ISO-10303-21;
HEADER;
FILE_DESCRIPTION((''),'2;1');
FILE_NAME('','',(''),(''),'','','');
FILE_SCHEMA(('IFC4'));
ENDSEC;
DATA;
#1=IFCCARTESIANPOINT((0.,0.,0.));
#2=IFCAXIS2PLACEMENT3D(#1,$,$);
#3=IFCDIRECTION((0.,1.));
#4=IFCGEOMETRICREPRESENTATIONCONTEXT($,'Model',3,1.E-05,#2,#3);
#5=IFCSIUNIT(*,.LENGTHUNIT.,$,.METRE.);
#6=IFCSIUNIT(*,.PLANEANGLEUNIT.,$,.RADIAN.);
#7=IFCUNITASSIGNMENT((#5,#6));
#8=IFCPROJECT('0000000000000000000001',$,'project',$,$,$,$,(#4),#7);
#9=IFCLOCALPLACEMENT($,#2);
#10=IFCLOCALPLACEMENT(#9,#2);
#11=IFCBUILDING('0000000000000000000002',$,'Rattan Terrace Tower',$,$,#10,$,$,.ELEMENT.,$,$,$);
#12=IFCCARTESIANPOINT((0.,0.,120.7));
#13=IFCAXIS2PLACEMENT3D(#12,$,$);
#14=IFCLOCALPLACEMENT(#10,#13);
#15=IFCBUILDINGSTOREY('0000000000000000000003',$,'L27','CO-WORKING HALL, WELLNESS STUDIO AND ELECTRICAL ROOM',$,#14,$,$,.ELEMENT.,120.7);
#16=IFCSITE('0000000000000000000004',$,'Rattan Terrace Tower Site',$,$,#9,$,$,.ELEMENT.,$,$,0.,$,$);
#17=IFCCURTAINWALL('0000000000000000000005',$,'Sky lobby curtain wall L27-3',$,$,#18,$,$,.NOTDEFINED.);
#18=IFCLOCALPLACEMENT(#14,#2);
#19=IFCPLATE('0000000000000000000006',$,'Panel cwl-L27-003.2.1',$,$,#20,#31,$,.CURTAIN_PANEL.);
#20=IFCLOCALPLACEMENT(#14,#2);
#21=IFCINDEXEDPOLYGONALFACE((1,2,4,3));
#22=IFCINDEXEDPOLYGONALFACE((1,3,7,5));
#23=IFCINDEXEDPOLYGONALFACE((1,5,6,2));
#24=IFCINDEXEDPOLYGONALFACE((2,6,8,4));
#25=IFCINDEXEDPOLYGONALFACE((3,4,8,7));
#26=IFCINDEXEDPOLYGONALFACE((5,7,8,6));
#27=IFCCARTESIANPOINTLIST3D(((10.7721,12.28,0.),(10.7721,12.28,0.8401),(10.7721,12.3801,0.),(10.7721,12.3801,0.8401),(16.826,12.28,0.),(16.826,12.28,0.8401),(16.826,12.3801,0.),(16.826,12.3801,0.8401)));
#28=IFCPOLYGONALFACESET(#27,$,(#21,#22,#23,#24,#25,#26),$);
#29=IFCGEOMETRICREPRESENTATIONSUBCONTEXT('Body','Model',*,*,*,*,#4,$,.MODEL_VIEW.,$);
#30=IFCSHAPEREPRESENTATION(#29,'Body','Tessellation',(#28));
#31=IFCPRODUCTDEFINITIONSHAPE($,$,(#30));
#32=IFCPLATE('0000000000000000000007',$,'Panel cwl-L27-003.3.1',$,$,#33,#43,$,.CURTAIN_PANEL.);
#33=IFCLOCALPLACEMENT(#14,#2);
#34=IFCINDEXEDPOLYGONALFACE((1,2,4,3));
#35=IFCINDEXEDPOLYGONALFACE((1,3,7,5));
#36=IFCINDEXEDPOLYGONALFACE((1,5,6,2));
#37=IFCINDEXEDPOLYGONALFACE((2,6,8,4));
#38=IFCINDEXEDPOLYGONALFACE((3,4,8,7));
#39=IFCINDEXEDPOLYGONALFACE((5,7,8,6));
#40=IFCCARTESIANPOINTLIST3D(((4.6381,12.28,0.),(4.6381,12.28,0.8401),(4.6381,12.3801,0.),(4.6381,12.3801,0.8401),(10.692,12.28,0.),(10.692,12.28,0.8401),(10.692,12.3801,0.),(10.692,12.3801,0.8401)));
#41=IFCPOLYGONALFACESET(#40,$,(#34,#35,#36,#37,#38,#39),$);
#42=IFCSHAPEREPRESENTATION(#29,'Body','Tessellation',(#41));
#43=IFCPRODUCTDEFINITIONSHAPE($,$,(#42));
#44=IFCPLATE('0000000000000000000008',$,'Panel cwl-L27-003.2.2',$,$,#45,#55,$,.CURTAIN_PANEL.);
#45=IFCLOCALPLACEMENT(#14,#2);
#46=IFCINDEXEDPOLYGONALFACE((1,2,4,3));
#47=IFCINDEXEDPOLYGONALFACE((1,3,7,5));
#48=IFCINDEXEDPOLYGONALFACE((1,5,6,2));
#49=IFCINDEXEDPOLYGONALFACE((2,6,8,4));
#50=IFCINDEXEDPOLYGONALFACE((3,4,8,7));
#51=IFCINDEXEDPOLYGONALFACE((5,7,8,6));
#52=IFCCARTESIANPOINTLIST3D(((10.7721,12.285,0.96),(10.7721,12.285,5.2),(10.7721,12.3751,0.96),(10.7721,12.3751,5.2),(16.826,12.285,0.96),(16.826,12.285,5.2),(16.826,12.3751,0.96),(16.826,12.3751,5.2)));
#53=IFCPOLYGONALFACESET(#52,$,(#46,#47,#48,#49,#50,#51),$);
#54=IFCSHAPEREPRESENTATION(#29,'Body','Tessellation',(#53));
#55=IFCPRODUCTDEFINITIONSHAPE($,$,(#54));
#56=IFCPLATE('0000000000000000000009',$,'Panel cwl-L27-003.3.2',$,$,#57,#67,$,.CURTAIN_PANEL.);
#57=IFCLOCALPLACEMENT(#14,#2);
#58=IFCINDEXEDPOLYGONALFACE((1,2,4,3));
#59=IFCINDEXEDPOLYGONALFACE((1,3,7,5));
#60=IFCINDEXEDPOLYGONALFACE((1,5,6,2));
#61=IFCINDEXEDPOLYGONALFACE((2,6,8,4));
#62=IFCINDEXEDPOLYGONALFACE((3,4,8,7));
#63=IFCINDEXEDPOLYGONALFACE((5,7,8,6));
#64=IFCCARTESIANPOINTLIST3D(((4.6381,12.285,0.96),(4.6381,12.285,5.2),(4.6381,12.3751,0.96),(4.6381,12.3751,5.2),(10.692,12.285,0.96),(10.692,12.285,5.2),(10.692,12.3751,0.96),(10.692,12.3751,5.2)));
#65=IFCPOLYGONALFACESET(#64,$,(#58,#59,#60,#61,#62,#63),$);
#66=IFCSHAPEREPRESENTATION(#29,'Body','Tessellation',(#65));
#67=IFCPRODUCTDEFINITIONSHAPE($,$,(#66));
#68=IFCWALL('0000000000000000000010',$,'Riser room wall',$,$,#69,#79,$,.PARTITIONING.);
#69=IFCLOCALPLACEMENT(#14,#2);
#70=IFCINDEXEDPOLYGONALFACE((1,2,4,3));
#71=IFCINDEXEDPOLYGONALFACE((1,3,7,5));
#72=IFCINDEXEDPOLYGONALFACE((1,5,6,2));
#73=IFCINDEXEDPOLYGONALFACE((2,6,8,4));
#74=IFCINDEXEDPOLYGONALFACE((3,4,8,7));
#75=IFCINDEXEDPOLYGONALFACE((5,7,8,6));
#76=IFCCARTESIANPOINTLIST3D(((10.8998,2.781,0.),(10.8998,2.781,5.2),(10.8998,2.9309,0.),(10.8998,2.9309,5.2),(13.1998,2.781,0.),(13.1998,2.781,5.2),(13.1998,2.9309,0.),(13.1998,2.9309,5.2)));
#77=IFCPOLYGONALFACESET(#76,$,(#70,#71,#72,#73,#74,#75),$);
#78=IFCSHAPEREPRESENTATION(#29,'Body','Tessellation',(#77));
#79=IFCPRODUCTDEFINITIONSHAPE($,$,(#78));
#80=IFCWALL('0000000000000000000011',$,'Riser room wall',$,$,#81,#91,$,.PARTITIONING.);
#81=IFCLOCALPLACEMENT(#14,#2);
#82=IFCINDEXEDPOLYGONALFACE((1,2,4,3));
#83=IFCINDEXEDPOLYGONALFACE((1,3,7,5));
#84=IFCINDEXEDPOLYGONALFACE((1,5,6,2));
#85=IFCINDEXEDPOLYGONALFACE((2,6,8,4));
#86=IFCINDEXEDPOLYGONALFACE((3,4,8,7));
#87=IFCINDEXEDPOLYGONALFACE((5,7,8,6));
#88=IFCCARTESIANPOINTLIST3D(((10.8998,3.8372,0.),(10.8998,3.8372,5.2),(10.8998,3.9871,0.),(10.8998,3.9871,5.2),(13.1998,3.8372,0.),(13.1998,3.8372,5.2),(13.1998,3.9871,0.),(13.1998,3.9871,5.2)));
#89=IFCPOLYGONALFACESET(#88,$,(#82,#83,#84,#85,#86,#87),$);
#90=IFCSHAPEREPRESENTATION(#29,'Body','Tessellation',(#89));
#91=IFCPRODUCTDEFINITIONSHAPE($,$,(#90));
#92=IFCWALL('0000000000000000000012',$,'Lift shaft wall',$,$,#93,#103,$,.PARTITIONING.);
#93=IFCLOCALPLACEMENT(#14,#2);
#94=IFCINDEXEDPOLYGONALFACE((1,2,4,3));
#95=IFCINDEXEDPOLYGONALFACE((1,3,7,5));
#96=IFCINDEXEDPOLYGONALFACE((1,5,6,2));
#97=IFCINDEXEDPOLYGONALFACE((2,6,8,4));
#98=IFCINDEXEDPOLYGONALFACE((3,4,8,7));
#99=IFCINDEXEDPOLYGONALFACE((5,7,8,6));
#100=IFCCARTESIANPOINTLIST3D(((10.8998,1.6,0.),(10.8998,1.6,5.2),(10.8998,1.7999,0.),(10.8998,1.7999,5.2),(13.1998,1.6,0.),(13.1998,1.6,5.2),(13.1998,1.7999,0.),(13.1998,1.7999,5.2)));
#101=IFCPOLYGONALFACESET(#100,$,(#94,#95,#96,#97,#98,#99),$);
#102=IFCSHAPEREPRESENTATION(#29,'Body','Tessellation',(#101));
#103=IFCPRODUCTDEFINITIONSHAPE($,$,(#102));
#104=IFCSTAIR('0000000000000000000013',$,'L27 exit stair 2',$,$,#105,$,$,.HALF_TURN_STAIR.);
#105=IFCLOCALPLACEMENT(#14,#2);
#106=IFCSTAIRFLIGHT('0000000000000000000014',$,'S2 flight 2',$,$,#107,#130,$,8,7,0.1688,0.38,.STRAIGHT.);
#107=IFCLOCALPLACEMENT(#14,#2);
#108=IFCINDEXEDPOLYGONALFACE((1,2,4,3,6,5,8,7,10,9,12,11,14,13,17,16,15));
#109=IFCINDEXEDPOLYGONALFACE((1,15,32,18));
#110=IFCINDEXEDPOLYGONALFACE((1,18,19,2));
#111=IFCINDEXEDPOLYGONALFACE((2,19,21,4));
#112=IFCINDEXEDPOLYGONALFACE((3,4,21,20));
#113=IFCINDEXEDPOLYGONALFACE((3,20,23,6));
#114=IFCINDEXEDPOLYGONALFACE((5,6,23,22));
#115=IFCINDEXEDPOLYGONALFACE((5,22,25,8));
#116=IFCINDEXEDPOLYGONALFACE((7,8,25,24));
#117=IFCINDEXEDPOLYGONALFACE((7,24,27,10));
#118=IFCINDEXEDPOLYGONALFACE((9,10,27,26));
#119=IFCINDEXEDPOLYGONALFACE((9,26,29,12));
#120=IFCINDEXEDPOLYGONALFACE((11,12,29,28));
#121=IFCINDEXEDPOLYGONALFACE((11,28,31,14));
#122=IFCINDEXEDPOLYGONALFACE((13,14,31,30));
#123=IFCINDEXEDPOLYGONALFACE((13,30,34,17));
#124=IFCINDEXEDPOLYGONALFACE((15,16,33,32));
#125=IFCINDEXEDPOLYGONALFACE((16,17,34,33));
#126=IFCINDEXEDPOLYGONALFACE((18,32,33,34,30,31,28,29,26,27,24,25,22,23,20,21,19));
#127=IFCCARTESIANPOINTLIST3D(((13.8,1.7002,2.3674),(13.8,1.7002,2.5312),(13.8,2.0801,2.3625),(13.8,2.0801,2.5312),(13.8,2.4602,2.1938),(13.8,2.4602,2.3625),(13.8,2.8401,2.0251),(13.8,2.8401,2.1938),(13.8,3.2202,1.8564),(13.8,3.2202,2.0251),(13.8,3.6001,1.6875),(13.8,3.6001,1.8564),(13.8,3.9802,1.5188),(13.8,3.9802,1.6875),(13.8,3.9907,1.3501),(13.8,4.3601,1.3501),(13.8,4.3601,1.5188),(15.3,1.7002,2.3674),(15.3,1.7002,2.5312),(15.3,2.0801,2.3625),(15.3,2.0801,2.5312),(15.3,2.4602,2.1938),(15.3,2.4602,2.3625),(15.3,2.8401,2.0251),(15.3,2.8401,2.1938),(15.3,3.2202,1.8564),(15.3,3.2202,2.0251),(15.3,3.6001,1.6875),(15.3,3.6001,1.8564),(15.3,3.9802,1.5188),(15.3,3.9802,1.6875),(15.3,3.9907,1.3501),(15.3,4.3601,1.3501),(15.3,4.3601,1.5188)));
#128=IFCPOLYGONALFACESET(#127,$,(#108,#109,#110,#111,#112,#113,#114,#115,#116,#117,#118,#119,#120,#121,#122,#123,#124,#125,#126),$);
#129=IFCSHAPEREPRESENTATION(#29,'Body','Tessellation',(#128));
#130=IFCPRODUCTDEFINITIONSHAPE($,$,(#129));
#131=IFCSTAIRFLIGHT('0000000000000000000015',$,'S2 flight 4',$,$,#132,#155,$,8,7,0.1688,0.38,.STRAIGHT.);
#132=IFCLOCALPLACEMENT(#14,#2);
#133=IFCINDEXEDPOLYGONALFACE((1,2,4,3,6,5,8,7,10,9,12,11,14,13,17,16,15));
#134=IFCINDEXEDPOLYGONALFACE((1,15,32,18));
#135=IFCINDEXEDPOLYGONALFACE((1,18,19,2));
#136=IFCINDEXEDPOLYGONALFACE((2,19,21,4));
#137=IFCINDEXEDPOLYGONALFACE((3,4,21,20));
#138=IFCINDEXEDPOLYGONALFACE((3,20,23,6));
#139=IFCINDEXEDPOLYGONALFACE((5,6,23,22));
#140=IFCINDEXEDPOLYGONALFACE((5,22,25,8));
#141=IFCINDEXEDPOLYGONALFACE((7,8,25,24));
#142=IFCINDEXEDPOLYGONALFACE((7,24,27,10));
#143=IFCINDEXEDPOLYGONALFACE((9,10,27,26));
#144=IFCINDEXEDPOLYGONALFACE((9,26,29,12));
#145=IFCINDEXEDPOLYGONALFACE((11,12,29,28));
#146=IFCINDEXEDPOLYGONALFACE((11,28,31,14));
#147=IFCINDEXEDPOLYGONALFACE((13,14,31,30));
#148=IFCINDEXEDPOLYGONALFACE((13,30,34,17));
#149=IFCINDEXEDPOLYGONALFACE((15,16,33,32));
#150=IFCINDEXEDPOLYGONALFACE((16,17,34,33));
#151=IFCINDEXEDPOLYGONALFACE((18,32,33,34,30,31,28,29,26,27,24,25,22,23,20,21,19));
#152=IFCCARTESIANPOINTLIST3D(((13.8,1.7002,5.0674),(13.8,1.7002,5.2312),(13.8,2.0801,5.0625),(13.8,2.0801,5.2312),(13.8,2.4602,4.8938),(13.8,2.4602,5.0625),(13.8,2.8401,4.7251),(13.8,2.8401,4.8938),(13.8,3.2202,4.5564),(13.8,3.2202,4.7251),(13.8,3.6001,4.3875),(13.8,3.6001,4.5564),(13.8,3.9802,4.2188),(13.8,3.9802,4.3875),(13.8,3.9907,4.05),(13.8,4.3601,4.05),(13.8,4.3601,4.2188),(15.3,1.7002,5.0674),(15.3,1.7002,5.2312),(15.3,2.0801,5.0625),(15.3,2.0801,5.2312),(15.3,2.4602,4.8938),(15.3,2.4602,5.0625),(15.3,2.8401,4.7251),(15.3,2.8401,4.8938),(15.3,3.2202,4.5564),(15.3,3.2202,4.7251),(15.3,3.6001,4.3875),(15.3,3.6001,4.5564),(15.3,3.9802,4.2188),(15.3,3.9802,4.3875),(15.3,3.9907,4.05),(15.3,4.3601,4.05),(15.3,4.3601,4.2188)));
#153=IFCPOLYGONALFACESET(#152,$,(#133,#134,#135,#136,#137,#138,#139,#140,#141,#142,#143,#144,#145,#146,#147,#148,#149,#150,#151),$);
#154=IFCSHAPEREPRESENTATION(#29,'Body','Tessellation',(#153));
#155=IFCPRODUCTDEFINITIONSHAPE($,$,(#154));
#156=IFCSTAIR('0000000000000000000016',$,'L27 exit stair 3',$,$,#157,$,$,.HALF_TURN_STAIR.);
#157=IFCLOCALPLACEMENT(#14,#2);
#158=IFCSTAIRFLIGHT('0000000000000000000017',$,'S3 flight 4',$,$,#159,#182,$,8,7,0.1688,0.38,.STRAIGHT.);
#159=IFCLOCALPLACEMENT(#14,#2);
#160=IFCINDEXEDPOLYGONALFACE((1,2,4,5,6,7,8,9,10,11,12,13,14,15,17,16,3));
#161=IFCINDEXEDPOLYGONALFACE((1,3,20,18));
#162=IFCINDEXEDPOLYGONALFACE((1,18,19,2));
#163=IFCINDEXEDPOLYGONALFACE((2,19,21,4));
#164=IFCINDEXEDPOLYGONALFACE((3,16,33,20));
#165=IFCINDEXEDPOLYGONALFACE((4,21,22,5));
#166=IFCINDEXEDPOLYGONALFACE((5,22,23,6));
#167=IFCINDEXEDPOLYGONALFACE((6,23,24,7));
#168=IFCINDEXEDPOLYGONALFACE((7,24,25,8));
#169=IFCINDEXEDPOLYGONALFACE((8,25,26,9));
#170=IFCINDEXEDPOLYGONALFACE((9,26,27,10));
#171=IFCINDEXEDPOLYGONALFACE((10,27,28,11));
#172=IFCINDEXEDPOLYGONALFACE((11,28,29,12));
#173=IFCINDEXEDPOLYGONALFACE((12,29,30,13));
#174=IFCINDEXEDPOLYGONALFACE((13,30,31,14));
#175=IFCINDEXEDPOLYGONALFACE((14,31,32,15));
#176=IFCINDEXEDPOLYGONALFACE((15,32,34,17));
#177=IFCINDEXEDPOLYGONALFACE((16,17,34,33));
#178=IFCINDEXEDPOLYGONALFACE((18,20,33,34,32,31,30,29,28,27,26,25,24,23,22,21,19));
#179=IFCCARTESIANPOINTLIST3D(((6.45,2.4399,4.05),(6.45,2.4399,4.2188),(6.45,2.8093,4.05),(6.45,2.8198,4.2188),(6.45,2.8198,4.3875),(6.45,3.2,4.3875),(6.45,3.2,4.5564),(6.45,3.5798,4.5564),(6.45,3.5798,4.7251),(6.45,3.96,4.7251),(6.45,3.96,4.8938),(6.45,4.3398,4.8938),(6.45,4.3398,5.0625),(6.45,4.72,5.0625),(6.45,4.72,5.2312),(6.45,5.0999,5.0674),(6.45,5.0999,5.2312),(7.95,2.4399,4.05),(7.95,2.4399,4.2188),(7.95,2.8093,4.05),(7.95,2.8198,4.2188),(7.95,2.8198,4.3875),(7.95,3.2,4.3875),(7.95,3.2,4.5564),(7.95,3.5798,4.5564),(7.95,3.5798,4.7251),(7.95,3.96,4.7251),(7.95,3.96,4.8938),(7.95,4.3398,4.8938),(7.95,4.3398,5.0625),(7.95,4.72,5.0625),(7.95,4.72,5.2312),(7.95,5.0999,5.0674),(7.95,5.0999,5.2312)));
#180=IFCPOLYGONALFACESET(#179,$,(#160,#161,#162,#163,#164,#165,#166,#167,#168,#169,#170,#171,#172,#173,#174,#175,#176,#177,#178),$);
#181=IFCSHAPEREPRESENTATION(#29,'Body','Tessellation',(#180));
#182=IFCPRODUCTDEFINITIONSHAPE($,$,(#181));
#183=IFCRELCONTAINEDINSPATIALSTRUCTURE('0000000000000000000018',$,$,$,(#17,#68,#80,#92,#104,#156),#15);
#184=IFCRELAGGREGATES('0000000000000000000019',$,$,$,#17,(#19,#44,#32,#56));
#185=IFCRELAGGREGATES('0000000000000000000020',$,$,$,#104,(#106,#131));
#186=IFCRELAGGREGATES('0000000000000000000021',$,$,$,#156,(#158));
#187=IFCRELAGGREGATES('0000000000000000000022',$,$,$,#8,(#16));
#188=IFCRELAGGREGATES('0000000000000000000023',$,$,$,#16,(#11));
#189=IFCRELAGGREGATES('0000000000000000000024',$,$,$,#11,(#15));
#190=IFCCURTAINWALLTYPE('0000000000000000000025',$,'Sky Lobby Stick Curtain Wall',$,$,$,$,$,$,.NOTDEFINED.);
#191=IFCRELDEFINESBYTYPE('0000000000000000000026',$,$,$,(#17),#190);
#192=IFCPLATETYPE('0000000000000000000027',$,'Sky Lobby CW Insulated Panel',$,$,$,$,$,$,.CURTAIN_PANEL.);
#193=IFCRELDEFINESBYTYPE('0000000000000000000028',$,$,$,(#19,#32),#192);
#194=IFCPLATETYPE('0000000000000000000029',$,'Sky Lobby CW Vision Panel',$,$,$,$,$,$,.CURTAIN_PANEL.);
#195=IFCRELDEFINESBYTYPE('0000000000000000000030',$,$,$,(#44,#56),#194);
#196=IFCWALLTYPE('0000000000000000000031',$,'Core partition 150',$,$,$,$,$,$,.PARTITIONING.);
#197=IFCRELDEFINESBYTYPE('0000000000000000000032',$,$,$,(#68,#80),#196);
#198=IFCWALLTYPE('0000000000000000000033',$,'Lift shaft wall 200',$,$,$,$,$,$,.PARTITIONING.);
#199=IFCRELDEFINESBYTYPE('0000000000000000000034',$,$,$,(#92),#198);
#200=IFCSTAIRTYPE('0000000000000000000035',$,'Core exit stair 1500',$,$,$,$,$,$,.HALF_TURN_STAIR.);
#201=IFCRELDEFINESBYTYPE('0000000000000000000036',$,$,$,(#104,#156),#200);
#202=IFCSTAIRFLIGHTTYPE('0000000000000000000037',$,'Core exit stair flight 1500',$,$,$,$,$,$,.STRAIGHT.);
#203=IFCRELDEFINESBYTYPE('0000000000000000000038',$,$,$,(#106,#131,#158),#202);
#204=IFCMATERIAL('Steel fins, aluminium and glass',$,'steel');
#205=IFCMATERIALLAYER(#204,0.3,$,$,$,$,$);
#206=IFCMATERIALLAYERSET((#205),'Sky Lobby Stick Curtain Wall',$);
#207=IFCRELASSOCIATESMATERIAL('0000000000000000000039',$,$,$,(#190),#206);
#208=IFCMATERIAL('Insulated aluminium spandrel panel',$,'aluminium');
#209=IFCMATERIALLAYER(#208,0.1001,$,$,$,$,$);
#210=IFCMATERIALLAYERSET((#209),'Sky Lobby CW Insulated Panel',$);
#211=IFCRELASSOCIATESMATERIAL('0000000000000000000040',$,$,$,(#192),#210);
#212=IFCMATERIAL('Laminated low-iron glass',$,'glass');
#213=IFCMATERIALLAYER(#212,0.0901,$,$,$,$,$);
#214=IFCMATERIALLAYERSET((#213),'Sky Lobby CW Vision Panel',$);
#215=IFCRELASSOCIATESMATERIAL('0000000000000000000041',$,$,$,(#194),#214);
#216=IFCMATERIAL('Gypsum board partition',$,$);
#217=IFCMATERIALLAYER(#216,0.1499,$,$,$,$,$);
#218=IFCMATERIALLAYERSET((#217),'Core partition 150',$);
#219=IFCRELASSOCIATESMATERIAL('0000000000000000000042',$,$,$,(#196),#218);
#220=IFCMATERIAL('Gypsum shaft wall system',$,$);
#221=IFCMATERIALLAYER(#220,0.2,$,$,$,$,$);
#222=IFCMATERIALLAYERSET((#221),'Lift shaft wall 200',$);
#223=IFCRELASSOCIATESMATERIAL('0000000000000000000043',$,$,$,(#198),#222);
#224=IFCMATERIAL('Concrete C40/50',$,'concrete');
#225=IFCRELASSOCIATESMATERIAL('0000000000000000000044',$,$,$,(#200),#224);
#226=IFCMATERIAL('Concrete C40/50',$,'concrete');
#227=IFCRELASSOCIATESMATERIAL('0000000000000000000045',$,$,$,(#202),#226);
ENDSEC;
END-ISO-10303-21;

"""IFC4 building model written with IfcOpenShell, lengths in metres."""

from ifc_helpers import new_model, si_unit, direction, frame, frame_2d, origin, origin_2d, place, context, subcontext, project, spatial, polyline, rectangle, outline, extrude, material, layer, layer_set, type_object, element, aggregate, save


model = new_model("IFC4")

# Units and contexts
model_context = context("Model", 3, precision=1e-05, world=origin(), true_north=direction((0.0, 1.0)))
body_context = subcontext(model_context, "Body", "Model", "MODEL_VIEW")
ifc_project = project(units=[si_unit("LENGTHUNIT", "METRE"), si_unit("PLANEANGLEUNIT", "RADIAN")], contexts=[model_context])

# Site, building, storey
site_placement = place(None, origin())
site = spatial("IfcSite", under=ifc_project, at=site_placement, Name="Rattan Terrace Tower Site", CompositionType="ELEMENT", RefElevation=0.0)
building_placement = place(site_placement, origin())
building = spatial("IfcBuilding", under=site, at=building_placement, Name="Rattan Terrace Tower", CompositionType="ELEMENT")
storey_placement = place(building_placement, frame((0.0, 0.0, 120.7)))
storey = spatial("IfcBuildingStorey", under=building, at=storey_placement, Name="L27", Description="CO-WORKING HALL, WELLNESS STUDIO AND ELECTRICAL ROOM", CompositionType="ELEMENT", Elevation=120.7)

# Curtain wall, plates
ifc_material_1 = material(Name="Steel fins, aluminium and glass", Category="steel")
ifc_layer_1 = layer(ifc_material_1, 0.3)
ifc_layer_set_1 = layer_set([ifc_layer_1], Name="Sky Lobby Stick Curtain Wall")
curtain_wall_type = type_object("IfcCurtainWallType", Name="Sky Lobby Stick Curtain Wall", PredefinedType="NOTDEFINED", material=ifc_layer_set_1)
curtain_wall_placement = place(storey_placement, origin())
curtain_wall = element("IfcCurtainWall", 1, at=curtain_wall_placement, inside=storey, type_object=curtain_wall_type, Name="Sky lobby curtain wall L27-3", PredefinedType="NOTDEFINED")
ifc_material_2 = material(Name="Insulated aluminium spandrel panel", Category="aluminium")
ifc_layer_2 = layer(ifc_material_2, 0.1001)
ifc_layer_set_2 = layer_set([ifc_layer_2], Name="Sky Lobby CW Insulated Panel")
plate_type_1 = type_object("IfcPlateType", Name="Sky Lobby CW Insulated Panel", PredefinedType="CURTAIN_PANEL", material=ifc_layer_set_2)
plate_1_placement = place(storey_placement, frame((13.7991, 12.3301, 0.0), z_axis=(0.0, 0.0, 1.0), x_axis=(-1.0, 0.0, 0.0)))
plate_1 = element("IfcPlate", 2, at=plate_1_placement, type_object=plate_type_1, Name="Panel cwl-L27-003.2.1", PredefinedType="CURTAIN_PANEL", context=body_context, shape_type="SweptSolid", body=[
    extrude(rectangle(XDim=6.054, YDim=0.1001, at=origin_2d()), origin(), (0.0, 0.0, 1.0), 0.8401),
])
plate_2_placement = place(storey_placement, frame((7.665, 12.3301, 0.0), z_axis=(0.0, 0.0, 1.0), x_axis=(-1.0, 0.0, 0.0)))
plate_2 = element("IfcPlate", 3, at=plate_2_placement, type_object=plate_type_1, Name="Panel cwl-L27-003.3.1", PredefinedType="CURTAIN_PANEL", context=body_context, shape_type="SweptSolid", body=[
    extrude(rectangle(XDim=6.054, YDim=0.1001, at=origin_2d()), origin(), (0.0, 0.0, 1.0), 0.8401),
])
ifc_material_3 = material(Name="Laminated low-iron glass", Category="glass")
ifc_layer_3 = layer(ifc_material_3, 0.0901)
ifc_layer_set_3 = layer_set([ifc_layer_3], Name="Sky Lobby CW Vision Panel")
plate_type_2 = type_object("IfcPlateType", Name="Sky Lobby CW Vision Panel", PredefinedType="CURTAIN_PANEL", material=ifc_layer_set_3)
plate_3_placement = place(storey_placement, frame((13.7991, 12.3301, 0.96), z_axis=(0.0, 0.0, 1.0), x_axis=(-1.0, 0.0, 0.0)))
plate_3 = element("IfcPlate", 4, at=plate_3_placement, type_object=plate_type_2, Name="Panel cwl-L27-003.2.2", PredefinedType="CURTAIN_PANEL", context=body_context, shape_type="SweptSolid", body=[
    extrude(rectangle(XDim=6.054, YDim=0.0901, at=origin_2d()), origin(), (0.0, 0.0, 1.0), 4.24),
])
plate_4_placement = place(storey_placement, frame((7.665, 12.3301, 0.96), z_axis=(0.0, 0.0, 1.0), x_axis=(-1.0, 0.0, 0.0)))
plate_4 = element("IfcPlate", 5, at=plate_4_placement, type_object=plate_type_2, Name="Panel cwl-L27-003.3.2", PredefinedType="CURTAIN_PANEL", context=body_context, shape_type="SweptSolid", body=[
    extrude(rectangle(XDim=6.054, YDim=0.0901, at=origin_2d()), origin(), (0.0, 0.0, 1.0), 4.24),
])
aggregate(curtain_wall, [plate_1, plate_3, plate_2, plate_4])

# Walls
ifc_material_4 = material(Name="Gypsum board partition")
ifc_layer_4 = layer(ifc_material_4, 0.1499)
ifc_layer_set_4 = layer_set([ifc_layer_4], Name="Core partition 150")
wall_type_1 = type_object("IfcWallType", Name="Core partition 150", PredefinedType="PARTITIONING", material=ifc_layer_set_4)
for number, where, z_axis, x_axis, name in (
    (6, (10.8999, 2.856, 0.0), (0.0, 0.0, 1.0), (1.0, 0.0, 0.0), "Riser room wall"),
    (7, (10.8999, 3.9121, 0.0), (0.0, 0.0, 1.0), (1.0, 0.0, 0.0), "Riser room wall"),
):
    element("IfcWall", number, at=place(storey_placement, frame(where, z_axis=z_axis, x_axis=x_axis)), inside=storey, type_object=wall_type_1, Name=name, PredefinedType="PARTITIONING", context=body_context, shape_type="SweptSolid", body=[
        extrude(rectangle(XDim=2.3, YDim=0.1499, at=frame_2d((1.1499, 0.0))), origin(), (0.0, 0.0, 1.0), 5.2),
    ])
ifc_material_5 = material(Name="Gypsum shaft wall system")
ifc_layer_5 = layer(ifc_material_5, 0.2)
ifc_layer_set_5 = layer_set([ifc_layer_5], Name="Lift shaft wall 200")
wall_type_2 = type_object("IfcWallType", Name="Lift shaft wall 200", PredefinedType="PARTITIONING", material=ifc_layer_set_5)
wall_placement = place(storey_placement, frame((10.8999, 1.7, 0.0), z_axis=(0.0, 0.0, 1.0), x_axis=(1.0, 0.0, 0.0)))
element("IfcWall", 8, at=wall_placement, inside=storey, type_object=wall_type_2, Name="Lift shaft wall", PredefinedType="PARTITIONING", context=body_context, shape_type="SweptSolid", body=[
    extrude(rectangle(XDim=2.3, YDim=0.2, at=frame_2d((1.1499, 0.0))), origin(), (0.0, 0.0, 1.0), 5.2),
])

# Stair, stair flights
ifc_material_6 = material(Name="Concrete C40/50", Category="concrete")
stair_type = type_object("IfcStairType", Name="Core exit stair 1500", PredefinedType="HALF_TURN_STAIR", material=ifc_material_6)
stair_1_placement = place(storey_placement, origin())
stair_1 = element("IfcStair", 9, at=stair_1_placement, inside=storey, type_object=stair_type, Name="L27 exit stair 2", PredefinedType="HALF_TURN_STAIR")
ifc_material_7 = material(Name="Concrete C40/50", Category="concrete")
stair_flight_type = type_object("IfcStairFlightType", Name="Core exit stair flight 1500", PredefinedType="STRAIGHT", material=ifc_material_7)
stair_flight_1_placement = place(storey_placement, frame((14.55, 4.3601, 1.3501), z_axis=(0.0, 0.0, 1.0), x_axis=(0.0, -1.0, 0.0)))
stair_flight_1 = element("IfcStairFlight", 10, at=stair_flight_1_placement, type_object=stair_flight_type, Name="S2 flight 2", NumberOfRisers=8, NumberOfTreads=7, PredefinedType="STRAIGHT", RiserHeight=0.1688, TreadLength=0.38, context=body_context, shape_type="SweptSolid", body=[
    extrude(outline(polyline([(0.0, 0.0), (0.0, 0.1687), (0.3799, 0.1687), (0.3799, 0.3374), (0.76, 0.3374), (0.76, 0.5063), (1.1399, 0.5063), (1.1399, 0.675), (1.52, 0.675), (1.52, 0.8438), (1.8999, 0.8438), (1.8999, 1.0125), (2.28, 1.0125), (2.28, 1.1812), (2.6599, 1.1812), (2.6599, 1.3501), (2.6599, 1.0173), (0.3694, 0.0), (0.0, 0.0)])), frame((0.0, 0.75, 0.0), z_axis=(0.0, -1.0, 0.0), x_axis=(1.0, 0.0, 0.0)), (0.0, 0.0, 1.0), 1.5),
])
stair_flight_2_placement = place(storey_placement, frame((14.55, 4.3601, 4.05), z_axis=(0.0, 0.0, 1.0), x_axis=(0.0, -1.0, 0.0)))
stair_flight_2 = element("IfcStairFlight", 11, at=stair_flight_2_placement, type_object=stair_flight_type, Name="S2 flight 4", NumberOfRisers=8, NumberOfTreads=7, PredefinedType="STRAIGHT", RiserHeight=0.1688, TreadLength=0.38, context=body_context, shape_type="SweptSolid", body=[
    extrude(outline(polyline([(0.0, 0.0), (0.0, 0.1687), (0.3799, 0.1687), (0.3799, 0.3374), (0.76, 0.3374), (0.76, 0.5063), (1.1399, 0.5063), (1.1399, 0.675), (1.52, 0.675), (1.52, 0.8438), (1.8999, 0.8438), (1.8999, 1.0125), (2.28, 1.0125), (2.28, 1.1812), (2.6599, 1.1812), (2.6599, 1.3501), (2.6599, 1.0173), (0.3694, 0.0), (0.0, 0.0)])), frame((0.0, 0.75, 0.0), z_axis=(0.0, -1.0, 0.0), x_axis=(1.0, 0.0, 0.0)), (0.0, 0.0, 1.0), 1.5),
])
aggregate(stair_1, [stair_flight_1, stair_flight_2])

# Stair, stair flight
stair_2_placement = place(storey_placement, origin())
stair_2 = element("IfcStair", 12, at=stair_2_placement, inside=storey, type_object=stair_type, Name="L27 exit stair 3", PredefinedType="HALF_TURN_STAIR")
stair_flight_3_placement = place(storey_placement, frame((7.2, 2.4399, 4.05), z_axis=(0.0, 0.0, 1.0), x_axis=(0.0, 1.0, 0.0)))
stair_flight_3 = element("IfcStairFlight", 13, at=stair_flight_3_placement, type_object=stair_flight_type, Name="S3 flight 4", NumberOfRisers=8, NumberOfTreads=7, PredefinedType="STRAIGHT", RiserHeight=0.1688, TreadLength=0.38, context=body_context, shape_type="SweptSolid", body=[
    extrude(outline(polyline([(0.0, 0.0), (0.0, 0.1687), (0.3799, 0.1687), (0.3799, 0.3374), (0.76, 0.3374), (0.76, 0.5063), (1.1399, 0.5063), (1.1399, 0.675), (1.52, 0.675), (1.52, 0.8438), (1.8999, 0.8438), (1.8999, 1.0125), (2.28, 1.0125), (2.28, 1.1812), (2.6599, 1.1812), (2.6599, 1.3501), (2.6599, 1.0173), (0.3694, 0.0), (0.0, 0.0)])), frame((0.0, 0.75, 0.0), z_axis=(0.0, -1.0, 0.0), x_axis=(1.0, 0.0, 0.0)), (0.0, 0.0, 1.0), 1.5),
])
aggregate(stair_2, [stair_flight_3])

save(model, "model.ifc")
